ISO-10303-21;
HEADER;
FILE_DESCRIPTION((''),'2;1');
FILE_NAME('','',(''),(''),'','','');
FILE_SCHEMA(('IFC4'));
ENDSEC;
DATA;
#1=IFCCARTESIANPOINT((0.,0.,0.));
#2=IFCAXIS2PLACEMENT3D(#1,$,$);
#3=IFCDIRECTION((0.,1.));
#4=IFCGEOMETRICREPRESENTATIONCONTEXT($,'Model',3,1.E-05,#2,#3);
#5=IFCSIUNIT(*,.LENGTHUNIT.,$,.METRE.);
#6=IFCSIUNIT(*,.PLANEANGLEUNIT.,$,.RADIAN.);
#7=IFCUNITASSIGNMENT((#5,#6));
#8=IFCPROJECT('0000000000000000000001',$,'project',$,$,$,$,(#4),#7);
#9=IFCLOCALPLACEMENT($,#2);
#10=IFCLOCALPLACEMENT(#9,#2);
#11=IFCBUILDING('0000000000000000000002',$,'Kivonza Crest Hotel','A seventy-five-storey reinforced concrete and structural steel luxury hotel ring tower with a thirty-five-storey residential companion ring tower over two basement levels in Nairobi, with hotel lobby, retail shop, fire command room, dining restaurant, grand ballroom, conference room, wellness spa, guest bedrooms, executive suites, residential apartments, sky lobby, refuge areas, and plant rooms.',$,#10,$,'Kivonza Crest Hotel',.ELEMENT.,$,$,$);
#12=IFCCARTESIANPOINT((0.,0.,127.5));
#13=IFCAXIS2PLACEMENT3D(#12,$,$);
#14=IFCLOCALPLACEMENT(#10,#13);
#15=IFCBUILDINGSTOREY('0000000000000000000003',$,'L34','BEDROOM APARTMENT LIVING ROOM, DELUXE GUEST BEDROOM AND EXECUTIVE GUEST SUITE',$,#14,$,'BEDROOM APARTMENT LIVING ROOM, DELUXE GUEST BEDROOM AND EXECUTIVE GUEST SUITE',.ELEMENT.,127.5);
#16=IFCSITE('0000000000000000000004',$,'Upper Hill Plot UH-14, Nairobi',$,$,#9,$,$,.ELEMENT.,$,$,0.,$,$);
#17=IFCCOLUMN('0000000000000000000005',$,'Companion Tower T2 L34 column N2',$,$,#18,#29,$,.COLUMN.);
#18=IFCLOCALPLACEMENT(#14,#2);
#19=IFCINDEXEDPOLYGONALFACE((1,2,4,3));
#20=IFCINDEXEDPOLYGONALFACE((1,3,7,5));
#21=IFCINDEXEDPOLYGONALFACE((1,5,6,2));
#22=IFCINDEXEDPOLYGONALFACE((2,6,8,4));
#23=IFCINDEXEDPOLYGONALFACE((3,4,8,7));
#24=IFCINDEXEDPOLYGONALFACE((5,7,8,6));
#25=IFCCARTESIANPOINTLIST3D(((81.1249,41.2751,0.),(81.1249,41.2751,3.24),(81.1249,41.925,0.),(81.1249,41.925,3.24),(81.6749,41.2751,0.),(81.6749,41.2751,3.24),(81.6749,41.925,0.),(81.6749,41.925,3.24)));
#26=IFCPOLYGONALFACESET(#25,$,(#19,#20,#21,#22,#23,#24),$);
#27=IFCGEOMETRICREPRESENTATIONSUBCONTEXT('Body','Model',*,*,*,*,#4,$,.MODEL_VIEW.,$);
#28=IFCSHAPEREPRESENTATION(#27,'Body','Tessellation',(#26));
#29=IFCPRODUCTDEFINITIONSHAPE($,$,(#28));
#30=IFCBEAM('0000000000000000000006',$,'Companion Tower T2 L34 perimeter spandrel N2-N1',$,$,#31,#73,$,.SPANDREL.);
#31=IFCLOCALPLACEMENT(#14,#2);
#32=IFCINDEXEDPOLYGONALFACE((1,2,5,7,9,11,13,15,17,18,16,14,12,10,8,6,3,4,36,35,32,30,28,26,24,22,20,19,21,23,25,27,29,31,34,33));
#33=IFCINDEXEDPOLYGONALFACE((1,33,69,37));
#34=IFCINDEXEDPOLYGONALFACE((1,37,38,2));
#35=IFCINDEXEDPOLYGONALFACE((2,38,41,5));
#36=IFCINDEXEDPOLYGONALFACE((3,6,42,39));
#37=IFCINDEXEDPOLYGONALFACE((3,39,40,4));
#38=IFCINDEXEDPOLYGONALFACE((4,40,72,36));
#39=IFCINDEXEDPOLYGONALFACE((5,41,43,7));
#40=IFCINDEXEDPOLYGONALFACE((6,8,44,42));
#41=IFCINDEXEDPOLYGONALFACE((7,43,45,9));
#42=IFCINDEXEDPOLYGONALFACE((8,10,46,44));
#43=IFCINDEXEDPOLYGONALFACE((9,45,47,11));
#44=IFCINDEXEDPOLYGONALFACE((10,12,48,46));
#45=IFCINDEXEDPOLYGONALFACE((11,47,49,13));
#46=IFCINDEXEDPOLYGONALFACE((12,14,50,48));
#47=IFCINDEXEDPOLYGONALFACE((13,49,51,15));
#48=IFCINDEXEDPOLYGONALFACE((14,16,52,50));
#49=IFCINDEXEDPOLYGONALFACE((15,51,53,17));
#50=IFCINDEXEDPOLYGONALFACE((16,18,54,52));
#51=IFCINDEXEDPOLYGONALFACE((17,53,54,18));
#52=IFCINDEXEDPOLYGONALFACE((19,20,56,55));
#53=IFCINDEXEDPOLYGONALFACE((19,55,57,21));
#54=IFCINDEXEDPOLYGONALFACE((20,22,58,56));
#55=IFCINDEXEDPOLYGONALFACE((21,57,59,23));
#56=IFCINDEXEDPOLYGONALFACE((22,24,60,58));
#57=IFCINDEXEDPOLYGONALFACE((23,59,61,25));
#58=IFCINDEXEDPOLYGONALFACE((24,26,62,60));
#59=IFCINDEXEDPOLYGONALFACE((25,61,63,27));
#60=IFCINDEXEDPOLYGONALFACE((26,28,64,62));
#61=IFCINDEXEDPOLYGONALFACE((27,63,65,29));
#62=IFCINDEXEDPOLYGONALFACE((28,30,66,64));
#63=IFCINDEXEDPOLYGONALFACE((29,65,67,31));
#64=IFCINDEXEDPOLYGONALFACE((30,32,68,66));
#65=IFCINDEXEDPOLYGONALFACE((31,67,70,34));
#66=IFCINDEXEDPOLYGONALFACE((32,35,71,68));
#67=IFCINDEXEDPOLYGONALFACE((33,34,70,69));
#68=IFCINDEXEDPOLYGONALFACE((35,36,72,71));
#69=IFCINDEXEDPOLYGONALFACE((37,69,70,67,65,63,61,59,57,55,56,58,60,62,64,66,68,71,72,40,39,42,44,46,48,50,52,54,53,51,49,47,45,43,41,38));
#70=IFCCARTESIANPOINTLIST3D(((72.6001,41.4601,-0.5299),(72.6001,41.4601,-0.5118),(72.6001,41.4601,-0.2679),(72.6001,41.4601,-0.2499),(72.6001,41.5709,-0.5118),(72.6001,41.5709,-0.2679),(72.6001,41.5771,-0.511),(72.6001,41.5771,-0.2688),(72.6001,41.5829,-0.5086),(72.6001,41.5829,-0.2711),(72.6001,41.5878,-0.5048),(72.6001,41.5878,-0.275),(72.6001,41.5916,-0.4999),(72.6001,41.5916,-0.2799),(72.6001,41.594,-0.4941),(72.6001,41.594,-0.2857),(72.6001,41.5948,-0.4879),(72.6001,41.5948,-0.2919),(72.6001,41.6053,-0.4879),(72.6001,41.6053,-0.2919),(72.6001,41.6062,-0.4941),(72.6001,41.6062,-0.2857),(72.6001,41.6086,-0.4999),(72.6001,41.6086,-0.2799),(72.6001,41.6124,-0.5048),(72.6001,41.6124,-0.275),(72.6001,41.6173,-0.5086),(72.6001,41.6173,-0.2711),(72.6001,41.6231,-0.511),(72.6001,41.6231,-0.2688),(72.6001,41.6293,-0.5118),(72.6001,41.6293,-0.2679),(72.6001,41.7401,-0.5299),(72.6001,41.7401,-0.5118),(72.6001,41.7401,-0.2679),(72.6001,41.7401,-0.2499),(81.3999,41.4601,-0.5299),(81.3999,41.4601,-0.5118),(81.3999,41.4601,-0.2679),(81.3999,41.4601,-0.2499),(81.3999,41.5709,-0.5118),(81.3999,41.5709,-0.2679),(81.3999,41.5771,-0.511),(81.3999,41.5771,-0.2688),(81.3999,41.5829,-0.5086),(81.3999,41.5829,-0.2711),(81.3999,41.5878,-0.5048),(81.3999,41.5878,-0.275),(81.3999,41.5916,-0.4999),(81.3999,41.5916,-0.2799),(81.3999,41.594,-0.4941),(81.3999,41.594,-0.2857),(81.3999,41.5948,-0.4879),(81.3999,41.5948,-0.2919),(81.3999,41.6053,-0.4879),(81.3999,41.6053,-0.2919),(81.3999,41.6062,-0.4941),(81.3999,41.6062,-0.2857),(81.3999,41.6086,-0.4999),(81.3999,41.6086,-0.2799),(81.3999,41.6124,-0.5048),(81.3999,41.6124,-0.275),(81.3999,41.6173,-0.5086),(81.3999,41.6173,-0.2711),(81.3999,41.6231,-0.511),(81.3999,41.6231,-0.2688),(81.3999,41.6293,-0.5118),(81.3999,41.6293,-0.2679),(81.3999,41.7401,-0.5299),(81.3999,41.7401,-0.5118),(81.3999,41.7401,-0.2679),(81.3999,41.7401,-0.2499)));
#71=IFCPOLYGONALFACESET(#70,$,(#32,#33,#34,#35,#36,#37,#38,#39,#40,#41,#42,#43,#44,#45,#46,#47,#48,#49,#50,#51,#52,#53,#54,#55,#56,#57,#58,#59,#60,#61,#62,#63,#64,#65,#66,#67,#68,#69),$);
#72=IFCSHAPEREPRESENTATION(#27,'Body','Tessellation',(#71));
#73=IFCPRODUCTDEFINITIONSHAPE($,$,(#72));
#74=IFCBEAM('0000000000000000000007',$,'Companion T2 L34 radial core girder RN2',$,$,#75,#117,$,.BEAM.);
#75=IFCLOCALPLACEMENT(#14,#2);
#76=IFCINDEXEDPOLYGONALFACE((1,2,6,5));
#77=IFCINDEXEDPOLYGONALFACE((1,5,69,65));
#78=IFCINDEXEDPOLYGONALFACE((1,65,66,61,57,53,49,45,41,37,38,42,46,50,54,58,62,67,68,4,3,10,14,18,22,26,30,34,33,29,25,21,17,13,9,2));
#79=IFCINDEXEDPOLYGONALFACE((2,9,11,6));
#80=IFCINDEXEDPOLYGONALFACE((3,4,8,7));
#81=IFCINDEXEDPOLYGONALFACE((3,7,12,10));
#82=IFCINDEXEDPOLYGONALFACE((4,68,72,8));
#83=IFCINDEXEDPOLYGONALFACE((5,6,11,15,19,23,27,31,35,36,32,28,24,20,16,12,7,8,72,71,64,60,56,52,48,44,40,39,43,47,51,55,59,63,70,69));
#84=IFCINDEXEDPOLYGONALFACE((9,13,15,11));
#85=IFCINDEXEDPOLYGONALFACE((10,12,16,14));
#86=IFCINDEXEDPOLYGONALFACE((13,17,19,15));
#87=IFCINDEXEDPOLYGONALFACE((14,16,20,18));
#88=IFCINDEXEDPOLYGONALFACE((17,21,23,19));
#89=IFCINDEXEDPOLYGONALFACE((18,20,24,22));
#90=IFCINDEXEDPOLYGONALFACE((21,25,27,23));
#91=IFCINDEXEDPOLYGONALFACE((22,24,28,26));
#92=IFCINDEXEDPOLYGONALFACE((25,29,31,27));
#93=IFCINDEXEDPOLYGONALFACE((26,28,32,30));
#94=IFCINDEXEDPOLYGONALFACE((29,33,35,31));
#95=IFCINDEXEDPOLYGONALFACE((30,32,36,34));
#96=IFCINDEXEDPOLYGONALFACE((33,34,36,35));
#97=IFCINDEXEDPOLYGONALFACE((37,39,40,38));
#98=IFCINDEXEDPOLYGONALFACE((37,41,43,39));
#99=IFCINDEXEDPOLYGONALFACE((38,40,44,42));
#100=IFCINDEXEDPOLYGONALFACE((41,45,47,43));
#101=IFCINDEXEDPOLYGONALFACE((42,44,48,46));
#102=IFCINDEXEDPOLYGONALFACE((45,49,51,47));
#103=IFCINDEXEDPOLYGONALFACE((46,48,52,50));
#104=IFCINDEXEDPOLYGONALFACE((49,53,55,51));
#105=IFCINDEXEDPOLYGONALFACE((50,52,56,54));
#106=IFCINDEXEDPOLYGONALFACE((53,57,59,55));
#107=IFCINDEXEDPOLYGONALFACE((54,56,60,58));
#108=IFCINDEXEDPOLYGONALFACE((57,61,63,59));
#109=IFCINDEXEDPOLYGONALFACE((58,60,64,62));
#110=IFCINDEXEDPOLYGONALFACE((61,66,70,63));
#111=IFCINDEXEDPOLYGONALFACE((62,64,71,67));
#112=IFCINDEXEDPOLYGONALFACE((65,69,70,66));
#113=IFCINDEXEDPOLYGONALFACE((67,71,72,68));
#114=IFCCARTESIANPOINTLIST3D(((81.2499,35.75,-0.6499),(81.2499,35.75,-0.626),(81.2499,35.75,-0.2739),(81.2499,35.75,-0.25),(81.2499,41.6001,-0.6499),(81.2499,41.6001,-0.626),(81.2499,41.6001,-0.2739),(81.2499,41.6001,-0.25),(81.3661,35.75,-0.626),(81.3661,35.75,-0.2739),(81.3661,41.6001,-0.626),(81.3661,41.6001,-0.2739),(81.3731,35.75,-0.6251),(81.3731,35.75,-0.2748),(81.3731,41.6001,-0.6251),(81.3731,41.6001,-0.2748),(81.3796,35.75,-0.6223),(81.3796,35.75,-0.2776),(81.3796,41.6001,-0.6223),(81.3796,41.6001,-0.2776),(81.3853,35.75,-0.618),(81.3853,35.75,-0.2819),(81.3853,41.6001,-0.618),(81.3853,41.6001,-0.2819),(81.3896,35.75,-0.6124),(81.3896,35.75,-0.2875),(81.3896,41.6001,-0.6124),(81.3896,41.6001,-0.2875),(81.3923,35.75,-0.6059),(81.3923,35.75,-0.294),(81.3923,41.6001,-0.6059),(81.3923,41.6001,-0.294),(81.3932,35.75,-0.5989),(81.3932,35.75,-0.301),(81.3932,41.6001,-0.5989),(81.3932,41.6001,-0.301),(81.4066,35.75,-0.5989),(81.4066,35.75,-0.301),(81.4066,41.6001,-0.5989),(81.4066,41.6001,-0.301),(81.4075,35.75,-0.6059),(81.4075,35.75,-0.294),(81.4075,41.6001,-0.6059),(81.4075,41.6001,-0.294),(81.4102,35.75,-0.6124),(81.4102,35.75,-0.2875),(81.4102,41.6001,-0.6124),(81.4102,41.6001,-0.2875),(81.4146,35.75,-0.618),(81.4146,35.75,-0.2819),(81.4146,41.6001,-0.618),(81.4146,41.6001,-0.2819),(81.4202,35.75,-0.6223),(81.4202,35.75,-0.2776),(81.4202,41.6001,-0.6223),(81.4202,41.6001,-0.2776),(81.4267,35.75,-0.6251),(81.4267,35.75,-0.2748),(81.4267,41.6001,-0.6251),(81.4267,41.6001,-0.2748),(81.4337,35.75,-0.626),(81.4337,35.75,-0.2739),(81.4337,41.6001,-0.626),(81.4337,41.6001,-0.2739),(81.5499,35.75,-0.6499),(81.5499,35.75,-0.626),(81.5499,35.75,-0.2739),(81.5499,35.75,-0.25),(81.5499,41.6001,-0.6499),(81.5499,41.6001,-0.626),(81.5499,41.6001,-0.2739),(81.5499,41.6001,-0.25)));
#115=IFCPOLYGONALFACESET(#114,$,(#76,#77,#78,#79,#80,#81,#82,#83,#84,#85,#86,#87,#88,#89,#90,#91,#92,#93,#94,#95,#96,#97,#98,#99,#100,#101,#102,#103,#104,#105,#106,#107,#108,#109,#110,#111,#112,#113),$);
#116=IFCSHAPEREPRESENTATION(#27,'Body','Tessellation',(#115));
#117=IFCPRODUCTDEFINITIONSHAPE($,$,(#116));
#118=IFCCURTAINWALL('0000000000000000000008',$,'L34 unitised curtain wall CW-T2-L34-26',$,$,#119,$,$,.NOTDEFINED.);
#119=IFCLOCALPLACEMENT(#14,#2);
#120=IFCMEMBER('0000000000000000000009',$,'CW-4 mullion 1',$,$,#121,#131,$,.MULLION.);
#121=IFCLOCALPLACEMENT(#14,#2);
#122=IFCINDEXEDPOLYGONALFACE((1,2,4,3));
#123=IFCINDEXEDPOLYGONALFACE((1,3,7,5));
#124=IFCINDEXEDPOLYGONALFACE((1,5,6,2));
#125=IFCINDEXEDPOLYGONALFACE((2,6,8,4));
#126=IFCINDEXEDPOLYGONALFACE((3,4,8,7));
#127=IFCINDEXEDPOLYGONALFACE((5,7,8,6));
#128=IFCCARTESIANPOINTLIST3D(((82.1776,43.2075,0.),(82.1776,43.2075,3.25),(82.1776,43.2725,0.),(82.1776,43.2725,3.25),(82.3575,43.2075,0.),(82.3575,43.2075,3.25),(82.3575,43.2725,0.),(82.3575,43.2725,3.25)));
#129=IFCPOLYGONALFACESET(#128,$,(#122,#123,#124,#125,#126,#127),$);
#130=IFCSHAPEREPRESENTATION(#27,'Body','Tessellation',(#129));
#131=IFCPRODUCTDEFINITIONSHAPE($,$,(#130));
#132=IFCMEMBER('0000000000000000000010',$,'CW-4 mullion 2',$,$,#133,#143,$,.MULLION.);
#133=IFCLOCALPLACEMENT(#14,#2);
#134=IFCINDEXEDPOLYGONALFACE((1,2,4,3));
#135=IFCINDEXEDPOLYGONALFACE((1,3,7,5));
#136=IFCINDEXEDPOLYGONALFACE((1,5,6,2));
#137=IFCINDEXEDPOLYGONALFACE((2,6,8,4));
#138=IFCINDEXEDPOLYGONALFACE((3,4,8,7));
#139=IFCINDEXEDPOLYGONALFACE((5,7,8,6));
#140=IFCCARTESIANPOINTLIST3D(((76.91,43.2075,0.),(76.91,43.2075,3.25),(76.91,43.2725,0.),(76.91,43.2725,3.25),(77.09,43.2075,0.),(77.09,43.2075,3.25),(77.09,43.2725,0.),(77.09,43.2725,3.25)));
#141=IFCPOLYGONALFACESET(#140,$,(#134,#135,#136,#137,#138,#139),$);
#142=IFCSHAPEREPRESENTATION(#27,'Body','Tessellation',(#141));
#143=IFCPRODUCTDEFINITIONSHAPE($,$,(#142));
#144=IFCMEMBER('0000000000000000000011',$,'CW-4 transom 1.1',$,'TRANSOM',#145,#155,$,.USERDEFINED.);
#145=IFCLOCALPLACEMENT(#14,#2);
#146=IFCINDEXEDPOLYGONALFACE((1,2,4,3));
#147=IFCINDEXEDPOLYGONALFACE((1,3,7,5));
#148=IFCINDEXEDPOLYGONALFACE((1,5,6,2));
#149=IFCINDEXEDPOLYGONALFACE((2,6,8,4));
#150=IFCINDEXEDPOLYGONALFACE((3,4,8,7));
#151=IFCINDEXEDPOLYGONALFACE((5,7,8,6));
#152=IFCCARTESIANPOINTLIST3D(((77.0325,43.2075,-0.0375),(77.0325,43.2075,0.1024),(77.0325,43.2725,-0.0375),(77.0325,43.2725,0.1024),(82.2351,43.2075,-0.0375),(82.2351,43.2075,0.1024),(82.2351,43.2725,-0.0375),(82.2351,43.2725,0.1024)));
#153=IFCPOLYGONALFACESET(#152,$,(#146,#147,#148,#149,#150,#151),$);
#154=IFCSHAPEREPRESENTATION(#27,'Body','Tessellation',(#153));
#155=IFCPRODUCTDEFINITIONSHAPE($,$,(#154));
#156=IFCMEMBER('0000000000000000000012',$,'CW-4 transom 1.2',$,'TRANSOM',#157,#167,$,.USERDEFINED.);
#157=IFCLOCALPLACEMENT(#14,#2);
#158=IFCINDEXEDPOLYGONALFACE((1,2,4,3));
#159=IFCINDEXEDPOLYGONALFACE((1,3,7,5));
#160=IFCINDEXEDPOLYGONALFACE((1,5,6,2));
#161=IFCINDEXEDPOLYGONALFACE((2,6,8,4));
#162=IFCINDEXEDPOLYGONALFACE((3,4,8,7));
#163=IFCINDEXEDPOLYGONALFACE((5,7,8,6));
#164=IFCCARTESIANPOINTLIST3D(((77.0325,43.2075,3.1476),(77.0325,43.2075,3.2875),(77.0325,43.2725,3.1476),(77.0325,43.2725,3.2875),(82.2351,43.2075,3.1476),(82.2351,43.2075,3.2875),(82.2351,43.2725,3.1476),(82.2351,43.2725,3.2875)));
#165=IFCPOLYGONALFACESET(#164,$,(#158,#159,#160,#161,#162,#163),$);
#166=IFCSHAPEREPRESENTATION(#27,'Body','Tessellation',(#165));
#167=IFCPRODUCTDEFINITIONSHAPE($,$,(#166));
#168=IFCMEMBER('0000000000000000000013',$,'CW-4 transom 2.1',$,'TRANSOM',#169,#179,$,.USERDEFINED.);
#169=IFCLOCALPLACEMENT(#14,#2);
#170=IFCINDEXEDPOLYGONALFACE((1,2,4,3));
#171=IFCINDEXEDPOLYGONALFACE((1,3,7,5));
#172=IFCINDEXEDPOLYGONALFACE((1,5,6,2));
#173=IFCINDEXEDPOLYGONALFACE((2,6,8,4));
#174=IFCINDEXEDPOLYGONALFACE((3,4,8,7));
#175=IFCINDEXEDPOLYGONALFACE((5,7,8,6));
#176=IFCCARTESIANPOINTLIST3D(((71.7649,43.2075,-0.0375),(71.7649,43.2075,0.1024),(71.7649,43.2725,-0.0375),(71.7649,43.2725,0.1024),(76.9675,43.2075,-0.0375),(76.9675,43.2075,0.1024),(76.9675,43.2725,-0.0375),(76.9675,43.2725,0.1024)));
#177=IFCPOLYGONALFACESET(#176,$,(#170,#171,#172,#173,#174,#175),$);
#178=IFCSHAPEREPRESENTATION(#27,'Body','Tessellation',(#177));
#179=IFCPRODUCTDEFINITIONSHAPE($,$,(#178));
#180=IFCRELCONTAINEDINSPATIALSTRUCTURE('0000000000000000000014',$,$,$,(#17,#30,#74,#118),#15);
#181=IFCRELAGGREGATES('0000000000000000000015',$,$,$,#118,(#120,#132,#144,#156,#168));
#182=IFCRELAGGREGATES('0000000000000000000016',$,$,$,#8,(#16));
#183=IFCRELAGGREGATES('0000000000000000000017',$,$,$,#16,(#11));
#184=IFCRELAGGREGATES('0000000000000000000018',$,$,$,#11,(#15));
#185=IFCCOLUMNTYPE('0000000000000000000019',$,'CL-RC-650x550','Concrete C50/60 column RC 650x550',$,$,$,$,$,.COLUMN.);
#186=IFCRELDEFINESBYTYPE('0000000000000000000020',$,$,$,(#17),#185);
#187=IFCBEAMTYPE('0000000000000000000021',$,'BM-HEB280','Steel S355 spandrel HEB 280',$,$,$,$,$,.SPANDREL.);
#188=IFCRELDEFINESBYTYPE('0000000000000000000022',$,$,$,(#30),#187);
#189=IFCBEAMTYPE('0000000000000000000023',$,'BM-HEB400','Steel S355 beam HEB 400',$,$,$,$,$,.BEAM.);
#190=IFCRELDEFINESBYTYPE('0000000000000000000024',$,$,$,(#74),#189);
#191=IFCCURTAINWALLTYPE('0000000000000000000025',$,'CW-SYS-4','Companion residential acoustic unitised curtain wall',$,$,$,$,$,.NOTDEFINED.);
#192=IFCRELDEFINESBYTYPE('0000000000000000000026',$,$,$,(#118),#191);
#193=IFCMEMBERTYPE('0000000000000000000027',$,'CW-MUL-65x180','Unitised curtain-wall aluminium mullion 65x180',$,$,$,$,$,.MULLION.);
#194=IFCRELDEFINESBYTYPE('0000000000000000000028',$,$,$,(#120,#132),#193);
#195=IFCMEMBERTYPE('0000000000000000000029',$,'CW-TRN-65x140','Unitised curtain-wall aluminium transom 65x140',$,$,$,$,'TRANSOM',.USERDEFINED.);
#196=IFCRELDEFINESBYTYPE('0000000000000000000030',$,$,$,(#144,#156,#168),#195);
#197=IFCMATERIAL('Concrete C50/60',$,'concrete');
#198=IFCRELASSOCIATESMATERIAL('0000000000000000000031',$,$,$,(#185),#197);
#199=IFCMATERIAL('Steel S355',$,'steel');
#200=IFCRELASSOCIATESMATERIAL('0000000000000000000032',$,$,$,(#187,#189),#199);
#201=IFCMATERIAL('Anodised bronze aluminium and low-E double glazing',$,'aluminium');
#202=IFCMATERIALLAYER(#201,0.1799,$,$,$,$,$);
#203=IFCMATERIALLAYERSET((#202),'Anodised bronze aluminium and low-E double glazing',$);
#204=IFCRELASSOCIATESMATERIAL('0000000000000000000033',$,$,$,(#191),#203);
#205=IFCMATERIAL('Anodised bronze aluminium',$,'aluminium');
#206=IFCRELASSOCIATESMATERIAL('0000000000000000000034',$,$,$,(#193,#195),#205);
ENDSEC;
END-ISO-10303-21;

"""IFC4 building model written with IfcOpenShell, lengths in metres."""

from ifc_helpers import new_model, si_unit, direction, frame, origin, origin_2d, place, context, subcontext, project, spatial, rectangle, i_section, extrude, material, layer, layer_set, material_profile, profile_set, type_object, element, aggregate, save


model = new_model("IFC4")

# Units and contexts
model_context = context("Model", 3, precision=1e-05, world=origin(), true_north=direction((0.0, 1.0)))
body_context = subcontext(model_context, "Body", "Model", "MODEL_VIEW")
ifc_project = project(units=[si_unit("LENGTHUNIT", "METRE"), si_unit("PLANEANGLEUNIT", "RADIAN")], contexts=[model_context])

# Site, building, storey
site_placement = place(None, origin())
site = spatial("IfcSite", under=ifc_project, at=site_placement, Name="Upper Hill Plot UH-14, Nairobi", CompositionType="ELEMENT", RefElevation=0.0)
building_placement = place(site_placement, origin())
building = spatial("IfcBuilding", under=site, at=building_placement, Name="Kivonza Crest Hotel", Description="A seventy-five-storey reinforced concrete and structural steel luxury hotel ring tower with a thirty-five-storey residential companion ring tower over two basement levels in Nairobi, with hotel lobby, retail shop, fire command room, dining restaurant, grand ballroom, conference room, wellness spa, guest bedrooms, executive suites, residential apartments, sky lobby, refuge areas, and plant rooms.", LongName="Kivonza Crest Hotel", CompositionType="ELEMENT")
storey_placement = place(building_placement, frame((0.0, 0.0, 127.5)))
storey = spatial("IfcBuildingStorey", under=building, at=storey_placement, Name="L34", Description="BEDROOM APARTMENT LIVING ROOM, DELUXE GUEST BEDROOM AND EXECUTIVE GUEST SUITE", LongName="BEDROOM APARTMENT LIVING ROOM, DELUXE GUEST BEDROOM AND EXECUTIVE GUEST SUITE", CompositionType="ELEMENT", Elevation=127.5)

# Column
ifc_material_1 = material(Name="Concrete C50/60", Category="concrete")
ifc_material_profile_1 = material_profile(ifc_material_1, rectangle(XDim=0.55, YDim=0.6499, at=origin_2d()), Name="RC 650x550")
ifc_profile_set_1 = profile_set([ifc_material_profile_1], Name="Concrete C50/60")
column_type = type_object("IfcColumnType", Name="CL-RC-650x550", Description="Concrete C50/60 column RC 650x550", PredefinedType="COLUMN", material=ifc_profile_set_1)
column_placement = place(storey_placement, frame((81.3999, 41.6001, 0.0), z_axis=(0.0, 0.0, 1.0), x_axis=(1.0, 0.0, 0.0)))
element("IfcColumn", 1, at=column_placement, inside=storey, type_object=column_type, Name="Companion Tower T2 L34 column N2", PredefinedType="COLUMN", context=body_context, shape_type="SweptSolid", body=[
    extrude(rectangle(XDim=0.55, YDim=0.6499, at=origin_2d()), origin(), (0.0, 0.0, 1.0), 3.24),
])

# Beams
ifc_material_2 = material(Name="Steel S355", Category="steel")
ifc_material_profile_2 = material_profile(ifc_material_2, i_section(OverallWidth=0.28, OverallDepth=0.28, WebThickness=0.0105, FlangeThickness=0.0181, FilletRadius=0.0239, at=origin_2d()), Name="HEB 280")
ifc_profile_set_2 = profile_set([ifc_material_profile_2], Name="Steel S355")
beam_type_1 = type_object("IfcBeamType", Name="BM-HEB280", Description="Steel S355 spandrel HEB 280", PredefinedType="SPANDREL", material=ifc_profile_set_2)
beam_1_placement = place(storey_placement, frame((81.3999, 41.6001, -0.3899), z_axis=(-1.0, 0.0, 0.0), x_axis=(0.0, -1.0, 0.0)))
element("IfcBeam", 2, at=beam_1_placement, inside=storey, type_object=beam_type_1, Name="Companion Tower T2 L34 perimeter spandrel N2-N1", PredefinedType="SPANDREL", context=body_context, shape_type="SweptSolid", body=[
    extrude(i_section(OverallWidth=0.28, OverallDepth=0.28, WebThickness=0.0105, FlangeThickness=0.0181, FilletRadius=0.0239, at=origin_2d()), origin(), (0.0, 0.0, 1.0), 8.7998),
])
ifc_material_profile_3 = material_profile(ifc_material_2, i_section(OverallWidth=0.3, OverallDepth=0.3999, WebThickness=0.0134, FlangeThickness=0.0239, FilletRadius=0.0271, at=origin_2d()), Name="HEB 400")
ifc_profile_set_3 = profile_set([ifc_material_profile_3], Name="Steel S355")
beam_type_2 = type_object("IfcBeamType", Name="BM-HEB400", Description="Steel S355 beam HEB 400", PredefinedType="BEAM", material=ifc_profile_set_3)
beam_2_placement = place(storey_placement, frame((81.3999, 41.6001, -0.45), z_axis=(0.0, -1.0, 0.0), x_axis=(1.0, 0.0, 0.0)))
element("IfcBeam", 3, at=beam_2_placement, inside=storey, type_object=beam_type_2, Name="Companion T2 L34 radial core girder RN2", PredefinedType="BEAM", context=body_context, shape_type="SweptSolid", body=[
    extrude(i_section(OverallWidth=0.3, OverallDepth=0.3999, WebThickness=0.0134, FlangeThickness=0.0239, FilletRadius=0.0271, at=origin_2d()), origin(), (0.0, 0.0, 1.0), 5.8501),
])

# Curtain wall, members
ifc_material_3 = material(Name="Anodised bronze aluminium and low-E double glazing", Category="aluminium")
ifc_layer_1 = layer(ifc_material_3, 0.1799)
ifc_layer_set_1 = layer_set([ifc_layer_1], Name="Anodised bronze aluminium and low-E double glazing")
curtain_wall_type = type_object("IfcCurtainWallType", Name="CW-SYS-4", Description="Companion residential acoustic unitised curtain wall", PredefinedType="NOTDEFINED", material=ifc_layer_set_1)
curtain_wall_placement = place(storey_placement, origin())
curtain_wall = element("IfcCurtainWall", 4, at=curtain_wall_placement, inside=storey, type_object=curtain_wall_type, Name="L34 unitised curtain wall CW-T2-L34-26", PredefinedType="NOTDEFINED")
ifc_material_4 = material(Name="Anodised bronze aluminium", Category="aluminium")
ifc_material_profile_4 = material_profile(ifc_material_4, rectangle(XDim=0.0649, YDim=0.1799, at=origin_2d()), Name="CW-M 65x180")
ifc_profile_set_4 = profile_set([ifc_material_profile_4], Name="Anodised bronze aluminium")
member_type_1 = type_object("IfcMemberType", Name="CW-MUL-65x180", Description="Unitised curtain-wall aluminium mullion 65x180", PredefinedType="MULLION", material=ifc_profile_set_4)
member_1_placement = place(storey_placement, frame((82.2676, 43.24, 0.0), z_axis=(0.0, 0.0, 1.0), x_axis=(0.0, -1.0, 0.0)))
member_1 = element("IfcMember", 5, at=member_1_placement, type_object=member_type_1, Name="CW-4 mullion 1", PredefinedType="MULLION", context=body_context, shape_type="SweptSolid", body=[
    extrude(rectangle(XDim=0.0649, YDim=0.1799, at=origin_2d()), origin(), (0.0, 0.0, 1.0), 3.25),
])
member_2_placement = place(storey_placement, frame((77.0, 43.24, 0.0), z_axis=(0.0, 0.0, 1.0), x_axis=(0.0, -1.0, 0.0)))
member_2 = element("IfcMember", 6, at=member_2_placement, type_object=member_type_1, Name="CW-4 mullion 2", PredefinedType="MULLION", context=body_context, shape_type="SweptSolid", body=[
    extrude(rectangle(XDim=0.0649, YDim=0.1799, at=origin_2d()), origin(), (0.0, 0.0, 1.0), 3.25),
])
ifc_material_profile_5 = material_profile(ifc_material_4, rectangle(XDim=0.0649, YDim=0.1399, at=origin_2d()), Name="CW-T 65x140")
ifc_profile_set_5 = profile_set([ifc_material_profile_5], Name="Anodised bronze aluminium")
member_type_2 = type_object("IfcMemberType", Name="CW-TRN-65x140", Description="Unitised curtain-wall aluminium transom 65x140", ElementType="TRANSOM", PredefinedType="USERDEFINED", material=ifc_profile_set_5)
member_3_placement = place(storey_placement, frame((82.2351, 43.24, 0.0325), z_axis=(-1.0, 0.0, 0.0), x_axis=(0.0, -1.0, 0.0)))
member_3 = element("IfcMember", 7, at=member_3_placement, type_object=member_type_2, Name="CW-4 transom 1.1", ObjectType="TRANSOM", PredefinedType="USERDEFINED", context=body_context, shape_type="SweptSolid", body=[
    extrude(rectangle(XDim=0.0649, YDim=0.1399, at=origin_2d()), origin(), (0.0, 0.0, 1.0), 5.2026),
])
member_4_placement = place(storey_placement, frame((82.2351, 43.24, 3.2175), z_axis=(-1.0, 0.0, 0.0), x_axis=(0.0, -1.0, 0.0)))
member_4 = element("IfcMember", 8, at=member_4_placement, type_object=member_type_2, Name="CW-4 transom 1.2", ObjectType="TRANSOM", PredefinedType="USERDEFINED", context=body_context, shape_type="SweptSolid", body=[
    extrude(rectangle(XDim=0.0649, YDim=0.1399, at=origin_2d()), origin(), (0.0, 0.0, 1.0), 5.2026),
])
member_5_placement = place(storey_placement, frame((76.9675, 43.24, 0.0325), z_axis=(-1.0, 0.0, 0.0), x_axis=(0.0, -1.0, 0.0)))
member_5 = element("IfcMember", 9, at=member_5_placement, type_object=member_type_2, Name="CW-4 transom 2.1", ObjectType="TRANSOM", PredefinedType="USERDEFINED", context=body_context, shape_type="SweptSolid", body=[
    extrude(rectangle(XDim=0.0649, YDim=0.1399, at=origin_2d()), origin(), (0.0, 0.0, 1.0), 5.2026),
])
aggregate(curtain_wall, [member_1, member_2, member_3, member_4, member_5])

save(model, "model.ifc")
